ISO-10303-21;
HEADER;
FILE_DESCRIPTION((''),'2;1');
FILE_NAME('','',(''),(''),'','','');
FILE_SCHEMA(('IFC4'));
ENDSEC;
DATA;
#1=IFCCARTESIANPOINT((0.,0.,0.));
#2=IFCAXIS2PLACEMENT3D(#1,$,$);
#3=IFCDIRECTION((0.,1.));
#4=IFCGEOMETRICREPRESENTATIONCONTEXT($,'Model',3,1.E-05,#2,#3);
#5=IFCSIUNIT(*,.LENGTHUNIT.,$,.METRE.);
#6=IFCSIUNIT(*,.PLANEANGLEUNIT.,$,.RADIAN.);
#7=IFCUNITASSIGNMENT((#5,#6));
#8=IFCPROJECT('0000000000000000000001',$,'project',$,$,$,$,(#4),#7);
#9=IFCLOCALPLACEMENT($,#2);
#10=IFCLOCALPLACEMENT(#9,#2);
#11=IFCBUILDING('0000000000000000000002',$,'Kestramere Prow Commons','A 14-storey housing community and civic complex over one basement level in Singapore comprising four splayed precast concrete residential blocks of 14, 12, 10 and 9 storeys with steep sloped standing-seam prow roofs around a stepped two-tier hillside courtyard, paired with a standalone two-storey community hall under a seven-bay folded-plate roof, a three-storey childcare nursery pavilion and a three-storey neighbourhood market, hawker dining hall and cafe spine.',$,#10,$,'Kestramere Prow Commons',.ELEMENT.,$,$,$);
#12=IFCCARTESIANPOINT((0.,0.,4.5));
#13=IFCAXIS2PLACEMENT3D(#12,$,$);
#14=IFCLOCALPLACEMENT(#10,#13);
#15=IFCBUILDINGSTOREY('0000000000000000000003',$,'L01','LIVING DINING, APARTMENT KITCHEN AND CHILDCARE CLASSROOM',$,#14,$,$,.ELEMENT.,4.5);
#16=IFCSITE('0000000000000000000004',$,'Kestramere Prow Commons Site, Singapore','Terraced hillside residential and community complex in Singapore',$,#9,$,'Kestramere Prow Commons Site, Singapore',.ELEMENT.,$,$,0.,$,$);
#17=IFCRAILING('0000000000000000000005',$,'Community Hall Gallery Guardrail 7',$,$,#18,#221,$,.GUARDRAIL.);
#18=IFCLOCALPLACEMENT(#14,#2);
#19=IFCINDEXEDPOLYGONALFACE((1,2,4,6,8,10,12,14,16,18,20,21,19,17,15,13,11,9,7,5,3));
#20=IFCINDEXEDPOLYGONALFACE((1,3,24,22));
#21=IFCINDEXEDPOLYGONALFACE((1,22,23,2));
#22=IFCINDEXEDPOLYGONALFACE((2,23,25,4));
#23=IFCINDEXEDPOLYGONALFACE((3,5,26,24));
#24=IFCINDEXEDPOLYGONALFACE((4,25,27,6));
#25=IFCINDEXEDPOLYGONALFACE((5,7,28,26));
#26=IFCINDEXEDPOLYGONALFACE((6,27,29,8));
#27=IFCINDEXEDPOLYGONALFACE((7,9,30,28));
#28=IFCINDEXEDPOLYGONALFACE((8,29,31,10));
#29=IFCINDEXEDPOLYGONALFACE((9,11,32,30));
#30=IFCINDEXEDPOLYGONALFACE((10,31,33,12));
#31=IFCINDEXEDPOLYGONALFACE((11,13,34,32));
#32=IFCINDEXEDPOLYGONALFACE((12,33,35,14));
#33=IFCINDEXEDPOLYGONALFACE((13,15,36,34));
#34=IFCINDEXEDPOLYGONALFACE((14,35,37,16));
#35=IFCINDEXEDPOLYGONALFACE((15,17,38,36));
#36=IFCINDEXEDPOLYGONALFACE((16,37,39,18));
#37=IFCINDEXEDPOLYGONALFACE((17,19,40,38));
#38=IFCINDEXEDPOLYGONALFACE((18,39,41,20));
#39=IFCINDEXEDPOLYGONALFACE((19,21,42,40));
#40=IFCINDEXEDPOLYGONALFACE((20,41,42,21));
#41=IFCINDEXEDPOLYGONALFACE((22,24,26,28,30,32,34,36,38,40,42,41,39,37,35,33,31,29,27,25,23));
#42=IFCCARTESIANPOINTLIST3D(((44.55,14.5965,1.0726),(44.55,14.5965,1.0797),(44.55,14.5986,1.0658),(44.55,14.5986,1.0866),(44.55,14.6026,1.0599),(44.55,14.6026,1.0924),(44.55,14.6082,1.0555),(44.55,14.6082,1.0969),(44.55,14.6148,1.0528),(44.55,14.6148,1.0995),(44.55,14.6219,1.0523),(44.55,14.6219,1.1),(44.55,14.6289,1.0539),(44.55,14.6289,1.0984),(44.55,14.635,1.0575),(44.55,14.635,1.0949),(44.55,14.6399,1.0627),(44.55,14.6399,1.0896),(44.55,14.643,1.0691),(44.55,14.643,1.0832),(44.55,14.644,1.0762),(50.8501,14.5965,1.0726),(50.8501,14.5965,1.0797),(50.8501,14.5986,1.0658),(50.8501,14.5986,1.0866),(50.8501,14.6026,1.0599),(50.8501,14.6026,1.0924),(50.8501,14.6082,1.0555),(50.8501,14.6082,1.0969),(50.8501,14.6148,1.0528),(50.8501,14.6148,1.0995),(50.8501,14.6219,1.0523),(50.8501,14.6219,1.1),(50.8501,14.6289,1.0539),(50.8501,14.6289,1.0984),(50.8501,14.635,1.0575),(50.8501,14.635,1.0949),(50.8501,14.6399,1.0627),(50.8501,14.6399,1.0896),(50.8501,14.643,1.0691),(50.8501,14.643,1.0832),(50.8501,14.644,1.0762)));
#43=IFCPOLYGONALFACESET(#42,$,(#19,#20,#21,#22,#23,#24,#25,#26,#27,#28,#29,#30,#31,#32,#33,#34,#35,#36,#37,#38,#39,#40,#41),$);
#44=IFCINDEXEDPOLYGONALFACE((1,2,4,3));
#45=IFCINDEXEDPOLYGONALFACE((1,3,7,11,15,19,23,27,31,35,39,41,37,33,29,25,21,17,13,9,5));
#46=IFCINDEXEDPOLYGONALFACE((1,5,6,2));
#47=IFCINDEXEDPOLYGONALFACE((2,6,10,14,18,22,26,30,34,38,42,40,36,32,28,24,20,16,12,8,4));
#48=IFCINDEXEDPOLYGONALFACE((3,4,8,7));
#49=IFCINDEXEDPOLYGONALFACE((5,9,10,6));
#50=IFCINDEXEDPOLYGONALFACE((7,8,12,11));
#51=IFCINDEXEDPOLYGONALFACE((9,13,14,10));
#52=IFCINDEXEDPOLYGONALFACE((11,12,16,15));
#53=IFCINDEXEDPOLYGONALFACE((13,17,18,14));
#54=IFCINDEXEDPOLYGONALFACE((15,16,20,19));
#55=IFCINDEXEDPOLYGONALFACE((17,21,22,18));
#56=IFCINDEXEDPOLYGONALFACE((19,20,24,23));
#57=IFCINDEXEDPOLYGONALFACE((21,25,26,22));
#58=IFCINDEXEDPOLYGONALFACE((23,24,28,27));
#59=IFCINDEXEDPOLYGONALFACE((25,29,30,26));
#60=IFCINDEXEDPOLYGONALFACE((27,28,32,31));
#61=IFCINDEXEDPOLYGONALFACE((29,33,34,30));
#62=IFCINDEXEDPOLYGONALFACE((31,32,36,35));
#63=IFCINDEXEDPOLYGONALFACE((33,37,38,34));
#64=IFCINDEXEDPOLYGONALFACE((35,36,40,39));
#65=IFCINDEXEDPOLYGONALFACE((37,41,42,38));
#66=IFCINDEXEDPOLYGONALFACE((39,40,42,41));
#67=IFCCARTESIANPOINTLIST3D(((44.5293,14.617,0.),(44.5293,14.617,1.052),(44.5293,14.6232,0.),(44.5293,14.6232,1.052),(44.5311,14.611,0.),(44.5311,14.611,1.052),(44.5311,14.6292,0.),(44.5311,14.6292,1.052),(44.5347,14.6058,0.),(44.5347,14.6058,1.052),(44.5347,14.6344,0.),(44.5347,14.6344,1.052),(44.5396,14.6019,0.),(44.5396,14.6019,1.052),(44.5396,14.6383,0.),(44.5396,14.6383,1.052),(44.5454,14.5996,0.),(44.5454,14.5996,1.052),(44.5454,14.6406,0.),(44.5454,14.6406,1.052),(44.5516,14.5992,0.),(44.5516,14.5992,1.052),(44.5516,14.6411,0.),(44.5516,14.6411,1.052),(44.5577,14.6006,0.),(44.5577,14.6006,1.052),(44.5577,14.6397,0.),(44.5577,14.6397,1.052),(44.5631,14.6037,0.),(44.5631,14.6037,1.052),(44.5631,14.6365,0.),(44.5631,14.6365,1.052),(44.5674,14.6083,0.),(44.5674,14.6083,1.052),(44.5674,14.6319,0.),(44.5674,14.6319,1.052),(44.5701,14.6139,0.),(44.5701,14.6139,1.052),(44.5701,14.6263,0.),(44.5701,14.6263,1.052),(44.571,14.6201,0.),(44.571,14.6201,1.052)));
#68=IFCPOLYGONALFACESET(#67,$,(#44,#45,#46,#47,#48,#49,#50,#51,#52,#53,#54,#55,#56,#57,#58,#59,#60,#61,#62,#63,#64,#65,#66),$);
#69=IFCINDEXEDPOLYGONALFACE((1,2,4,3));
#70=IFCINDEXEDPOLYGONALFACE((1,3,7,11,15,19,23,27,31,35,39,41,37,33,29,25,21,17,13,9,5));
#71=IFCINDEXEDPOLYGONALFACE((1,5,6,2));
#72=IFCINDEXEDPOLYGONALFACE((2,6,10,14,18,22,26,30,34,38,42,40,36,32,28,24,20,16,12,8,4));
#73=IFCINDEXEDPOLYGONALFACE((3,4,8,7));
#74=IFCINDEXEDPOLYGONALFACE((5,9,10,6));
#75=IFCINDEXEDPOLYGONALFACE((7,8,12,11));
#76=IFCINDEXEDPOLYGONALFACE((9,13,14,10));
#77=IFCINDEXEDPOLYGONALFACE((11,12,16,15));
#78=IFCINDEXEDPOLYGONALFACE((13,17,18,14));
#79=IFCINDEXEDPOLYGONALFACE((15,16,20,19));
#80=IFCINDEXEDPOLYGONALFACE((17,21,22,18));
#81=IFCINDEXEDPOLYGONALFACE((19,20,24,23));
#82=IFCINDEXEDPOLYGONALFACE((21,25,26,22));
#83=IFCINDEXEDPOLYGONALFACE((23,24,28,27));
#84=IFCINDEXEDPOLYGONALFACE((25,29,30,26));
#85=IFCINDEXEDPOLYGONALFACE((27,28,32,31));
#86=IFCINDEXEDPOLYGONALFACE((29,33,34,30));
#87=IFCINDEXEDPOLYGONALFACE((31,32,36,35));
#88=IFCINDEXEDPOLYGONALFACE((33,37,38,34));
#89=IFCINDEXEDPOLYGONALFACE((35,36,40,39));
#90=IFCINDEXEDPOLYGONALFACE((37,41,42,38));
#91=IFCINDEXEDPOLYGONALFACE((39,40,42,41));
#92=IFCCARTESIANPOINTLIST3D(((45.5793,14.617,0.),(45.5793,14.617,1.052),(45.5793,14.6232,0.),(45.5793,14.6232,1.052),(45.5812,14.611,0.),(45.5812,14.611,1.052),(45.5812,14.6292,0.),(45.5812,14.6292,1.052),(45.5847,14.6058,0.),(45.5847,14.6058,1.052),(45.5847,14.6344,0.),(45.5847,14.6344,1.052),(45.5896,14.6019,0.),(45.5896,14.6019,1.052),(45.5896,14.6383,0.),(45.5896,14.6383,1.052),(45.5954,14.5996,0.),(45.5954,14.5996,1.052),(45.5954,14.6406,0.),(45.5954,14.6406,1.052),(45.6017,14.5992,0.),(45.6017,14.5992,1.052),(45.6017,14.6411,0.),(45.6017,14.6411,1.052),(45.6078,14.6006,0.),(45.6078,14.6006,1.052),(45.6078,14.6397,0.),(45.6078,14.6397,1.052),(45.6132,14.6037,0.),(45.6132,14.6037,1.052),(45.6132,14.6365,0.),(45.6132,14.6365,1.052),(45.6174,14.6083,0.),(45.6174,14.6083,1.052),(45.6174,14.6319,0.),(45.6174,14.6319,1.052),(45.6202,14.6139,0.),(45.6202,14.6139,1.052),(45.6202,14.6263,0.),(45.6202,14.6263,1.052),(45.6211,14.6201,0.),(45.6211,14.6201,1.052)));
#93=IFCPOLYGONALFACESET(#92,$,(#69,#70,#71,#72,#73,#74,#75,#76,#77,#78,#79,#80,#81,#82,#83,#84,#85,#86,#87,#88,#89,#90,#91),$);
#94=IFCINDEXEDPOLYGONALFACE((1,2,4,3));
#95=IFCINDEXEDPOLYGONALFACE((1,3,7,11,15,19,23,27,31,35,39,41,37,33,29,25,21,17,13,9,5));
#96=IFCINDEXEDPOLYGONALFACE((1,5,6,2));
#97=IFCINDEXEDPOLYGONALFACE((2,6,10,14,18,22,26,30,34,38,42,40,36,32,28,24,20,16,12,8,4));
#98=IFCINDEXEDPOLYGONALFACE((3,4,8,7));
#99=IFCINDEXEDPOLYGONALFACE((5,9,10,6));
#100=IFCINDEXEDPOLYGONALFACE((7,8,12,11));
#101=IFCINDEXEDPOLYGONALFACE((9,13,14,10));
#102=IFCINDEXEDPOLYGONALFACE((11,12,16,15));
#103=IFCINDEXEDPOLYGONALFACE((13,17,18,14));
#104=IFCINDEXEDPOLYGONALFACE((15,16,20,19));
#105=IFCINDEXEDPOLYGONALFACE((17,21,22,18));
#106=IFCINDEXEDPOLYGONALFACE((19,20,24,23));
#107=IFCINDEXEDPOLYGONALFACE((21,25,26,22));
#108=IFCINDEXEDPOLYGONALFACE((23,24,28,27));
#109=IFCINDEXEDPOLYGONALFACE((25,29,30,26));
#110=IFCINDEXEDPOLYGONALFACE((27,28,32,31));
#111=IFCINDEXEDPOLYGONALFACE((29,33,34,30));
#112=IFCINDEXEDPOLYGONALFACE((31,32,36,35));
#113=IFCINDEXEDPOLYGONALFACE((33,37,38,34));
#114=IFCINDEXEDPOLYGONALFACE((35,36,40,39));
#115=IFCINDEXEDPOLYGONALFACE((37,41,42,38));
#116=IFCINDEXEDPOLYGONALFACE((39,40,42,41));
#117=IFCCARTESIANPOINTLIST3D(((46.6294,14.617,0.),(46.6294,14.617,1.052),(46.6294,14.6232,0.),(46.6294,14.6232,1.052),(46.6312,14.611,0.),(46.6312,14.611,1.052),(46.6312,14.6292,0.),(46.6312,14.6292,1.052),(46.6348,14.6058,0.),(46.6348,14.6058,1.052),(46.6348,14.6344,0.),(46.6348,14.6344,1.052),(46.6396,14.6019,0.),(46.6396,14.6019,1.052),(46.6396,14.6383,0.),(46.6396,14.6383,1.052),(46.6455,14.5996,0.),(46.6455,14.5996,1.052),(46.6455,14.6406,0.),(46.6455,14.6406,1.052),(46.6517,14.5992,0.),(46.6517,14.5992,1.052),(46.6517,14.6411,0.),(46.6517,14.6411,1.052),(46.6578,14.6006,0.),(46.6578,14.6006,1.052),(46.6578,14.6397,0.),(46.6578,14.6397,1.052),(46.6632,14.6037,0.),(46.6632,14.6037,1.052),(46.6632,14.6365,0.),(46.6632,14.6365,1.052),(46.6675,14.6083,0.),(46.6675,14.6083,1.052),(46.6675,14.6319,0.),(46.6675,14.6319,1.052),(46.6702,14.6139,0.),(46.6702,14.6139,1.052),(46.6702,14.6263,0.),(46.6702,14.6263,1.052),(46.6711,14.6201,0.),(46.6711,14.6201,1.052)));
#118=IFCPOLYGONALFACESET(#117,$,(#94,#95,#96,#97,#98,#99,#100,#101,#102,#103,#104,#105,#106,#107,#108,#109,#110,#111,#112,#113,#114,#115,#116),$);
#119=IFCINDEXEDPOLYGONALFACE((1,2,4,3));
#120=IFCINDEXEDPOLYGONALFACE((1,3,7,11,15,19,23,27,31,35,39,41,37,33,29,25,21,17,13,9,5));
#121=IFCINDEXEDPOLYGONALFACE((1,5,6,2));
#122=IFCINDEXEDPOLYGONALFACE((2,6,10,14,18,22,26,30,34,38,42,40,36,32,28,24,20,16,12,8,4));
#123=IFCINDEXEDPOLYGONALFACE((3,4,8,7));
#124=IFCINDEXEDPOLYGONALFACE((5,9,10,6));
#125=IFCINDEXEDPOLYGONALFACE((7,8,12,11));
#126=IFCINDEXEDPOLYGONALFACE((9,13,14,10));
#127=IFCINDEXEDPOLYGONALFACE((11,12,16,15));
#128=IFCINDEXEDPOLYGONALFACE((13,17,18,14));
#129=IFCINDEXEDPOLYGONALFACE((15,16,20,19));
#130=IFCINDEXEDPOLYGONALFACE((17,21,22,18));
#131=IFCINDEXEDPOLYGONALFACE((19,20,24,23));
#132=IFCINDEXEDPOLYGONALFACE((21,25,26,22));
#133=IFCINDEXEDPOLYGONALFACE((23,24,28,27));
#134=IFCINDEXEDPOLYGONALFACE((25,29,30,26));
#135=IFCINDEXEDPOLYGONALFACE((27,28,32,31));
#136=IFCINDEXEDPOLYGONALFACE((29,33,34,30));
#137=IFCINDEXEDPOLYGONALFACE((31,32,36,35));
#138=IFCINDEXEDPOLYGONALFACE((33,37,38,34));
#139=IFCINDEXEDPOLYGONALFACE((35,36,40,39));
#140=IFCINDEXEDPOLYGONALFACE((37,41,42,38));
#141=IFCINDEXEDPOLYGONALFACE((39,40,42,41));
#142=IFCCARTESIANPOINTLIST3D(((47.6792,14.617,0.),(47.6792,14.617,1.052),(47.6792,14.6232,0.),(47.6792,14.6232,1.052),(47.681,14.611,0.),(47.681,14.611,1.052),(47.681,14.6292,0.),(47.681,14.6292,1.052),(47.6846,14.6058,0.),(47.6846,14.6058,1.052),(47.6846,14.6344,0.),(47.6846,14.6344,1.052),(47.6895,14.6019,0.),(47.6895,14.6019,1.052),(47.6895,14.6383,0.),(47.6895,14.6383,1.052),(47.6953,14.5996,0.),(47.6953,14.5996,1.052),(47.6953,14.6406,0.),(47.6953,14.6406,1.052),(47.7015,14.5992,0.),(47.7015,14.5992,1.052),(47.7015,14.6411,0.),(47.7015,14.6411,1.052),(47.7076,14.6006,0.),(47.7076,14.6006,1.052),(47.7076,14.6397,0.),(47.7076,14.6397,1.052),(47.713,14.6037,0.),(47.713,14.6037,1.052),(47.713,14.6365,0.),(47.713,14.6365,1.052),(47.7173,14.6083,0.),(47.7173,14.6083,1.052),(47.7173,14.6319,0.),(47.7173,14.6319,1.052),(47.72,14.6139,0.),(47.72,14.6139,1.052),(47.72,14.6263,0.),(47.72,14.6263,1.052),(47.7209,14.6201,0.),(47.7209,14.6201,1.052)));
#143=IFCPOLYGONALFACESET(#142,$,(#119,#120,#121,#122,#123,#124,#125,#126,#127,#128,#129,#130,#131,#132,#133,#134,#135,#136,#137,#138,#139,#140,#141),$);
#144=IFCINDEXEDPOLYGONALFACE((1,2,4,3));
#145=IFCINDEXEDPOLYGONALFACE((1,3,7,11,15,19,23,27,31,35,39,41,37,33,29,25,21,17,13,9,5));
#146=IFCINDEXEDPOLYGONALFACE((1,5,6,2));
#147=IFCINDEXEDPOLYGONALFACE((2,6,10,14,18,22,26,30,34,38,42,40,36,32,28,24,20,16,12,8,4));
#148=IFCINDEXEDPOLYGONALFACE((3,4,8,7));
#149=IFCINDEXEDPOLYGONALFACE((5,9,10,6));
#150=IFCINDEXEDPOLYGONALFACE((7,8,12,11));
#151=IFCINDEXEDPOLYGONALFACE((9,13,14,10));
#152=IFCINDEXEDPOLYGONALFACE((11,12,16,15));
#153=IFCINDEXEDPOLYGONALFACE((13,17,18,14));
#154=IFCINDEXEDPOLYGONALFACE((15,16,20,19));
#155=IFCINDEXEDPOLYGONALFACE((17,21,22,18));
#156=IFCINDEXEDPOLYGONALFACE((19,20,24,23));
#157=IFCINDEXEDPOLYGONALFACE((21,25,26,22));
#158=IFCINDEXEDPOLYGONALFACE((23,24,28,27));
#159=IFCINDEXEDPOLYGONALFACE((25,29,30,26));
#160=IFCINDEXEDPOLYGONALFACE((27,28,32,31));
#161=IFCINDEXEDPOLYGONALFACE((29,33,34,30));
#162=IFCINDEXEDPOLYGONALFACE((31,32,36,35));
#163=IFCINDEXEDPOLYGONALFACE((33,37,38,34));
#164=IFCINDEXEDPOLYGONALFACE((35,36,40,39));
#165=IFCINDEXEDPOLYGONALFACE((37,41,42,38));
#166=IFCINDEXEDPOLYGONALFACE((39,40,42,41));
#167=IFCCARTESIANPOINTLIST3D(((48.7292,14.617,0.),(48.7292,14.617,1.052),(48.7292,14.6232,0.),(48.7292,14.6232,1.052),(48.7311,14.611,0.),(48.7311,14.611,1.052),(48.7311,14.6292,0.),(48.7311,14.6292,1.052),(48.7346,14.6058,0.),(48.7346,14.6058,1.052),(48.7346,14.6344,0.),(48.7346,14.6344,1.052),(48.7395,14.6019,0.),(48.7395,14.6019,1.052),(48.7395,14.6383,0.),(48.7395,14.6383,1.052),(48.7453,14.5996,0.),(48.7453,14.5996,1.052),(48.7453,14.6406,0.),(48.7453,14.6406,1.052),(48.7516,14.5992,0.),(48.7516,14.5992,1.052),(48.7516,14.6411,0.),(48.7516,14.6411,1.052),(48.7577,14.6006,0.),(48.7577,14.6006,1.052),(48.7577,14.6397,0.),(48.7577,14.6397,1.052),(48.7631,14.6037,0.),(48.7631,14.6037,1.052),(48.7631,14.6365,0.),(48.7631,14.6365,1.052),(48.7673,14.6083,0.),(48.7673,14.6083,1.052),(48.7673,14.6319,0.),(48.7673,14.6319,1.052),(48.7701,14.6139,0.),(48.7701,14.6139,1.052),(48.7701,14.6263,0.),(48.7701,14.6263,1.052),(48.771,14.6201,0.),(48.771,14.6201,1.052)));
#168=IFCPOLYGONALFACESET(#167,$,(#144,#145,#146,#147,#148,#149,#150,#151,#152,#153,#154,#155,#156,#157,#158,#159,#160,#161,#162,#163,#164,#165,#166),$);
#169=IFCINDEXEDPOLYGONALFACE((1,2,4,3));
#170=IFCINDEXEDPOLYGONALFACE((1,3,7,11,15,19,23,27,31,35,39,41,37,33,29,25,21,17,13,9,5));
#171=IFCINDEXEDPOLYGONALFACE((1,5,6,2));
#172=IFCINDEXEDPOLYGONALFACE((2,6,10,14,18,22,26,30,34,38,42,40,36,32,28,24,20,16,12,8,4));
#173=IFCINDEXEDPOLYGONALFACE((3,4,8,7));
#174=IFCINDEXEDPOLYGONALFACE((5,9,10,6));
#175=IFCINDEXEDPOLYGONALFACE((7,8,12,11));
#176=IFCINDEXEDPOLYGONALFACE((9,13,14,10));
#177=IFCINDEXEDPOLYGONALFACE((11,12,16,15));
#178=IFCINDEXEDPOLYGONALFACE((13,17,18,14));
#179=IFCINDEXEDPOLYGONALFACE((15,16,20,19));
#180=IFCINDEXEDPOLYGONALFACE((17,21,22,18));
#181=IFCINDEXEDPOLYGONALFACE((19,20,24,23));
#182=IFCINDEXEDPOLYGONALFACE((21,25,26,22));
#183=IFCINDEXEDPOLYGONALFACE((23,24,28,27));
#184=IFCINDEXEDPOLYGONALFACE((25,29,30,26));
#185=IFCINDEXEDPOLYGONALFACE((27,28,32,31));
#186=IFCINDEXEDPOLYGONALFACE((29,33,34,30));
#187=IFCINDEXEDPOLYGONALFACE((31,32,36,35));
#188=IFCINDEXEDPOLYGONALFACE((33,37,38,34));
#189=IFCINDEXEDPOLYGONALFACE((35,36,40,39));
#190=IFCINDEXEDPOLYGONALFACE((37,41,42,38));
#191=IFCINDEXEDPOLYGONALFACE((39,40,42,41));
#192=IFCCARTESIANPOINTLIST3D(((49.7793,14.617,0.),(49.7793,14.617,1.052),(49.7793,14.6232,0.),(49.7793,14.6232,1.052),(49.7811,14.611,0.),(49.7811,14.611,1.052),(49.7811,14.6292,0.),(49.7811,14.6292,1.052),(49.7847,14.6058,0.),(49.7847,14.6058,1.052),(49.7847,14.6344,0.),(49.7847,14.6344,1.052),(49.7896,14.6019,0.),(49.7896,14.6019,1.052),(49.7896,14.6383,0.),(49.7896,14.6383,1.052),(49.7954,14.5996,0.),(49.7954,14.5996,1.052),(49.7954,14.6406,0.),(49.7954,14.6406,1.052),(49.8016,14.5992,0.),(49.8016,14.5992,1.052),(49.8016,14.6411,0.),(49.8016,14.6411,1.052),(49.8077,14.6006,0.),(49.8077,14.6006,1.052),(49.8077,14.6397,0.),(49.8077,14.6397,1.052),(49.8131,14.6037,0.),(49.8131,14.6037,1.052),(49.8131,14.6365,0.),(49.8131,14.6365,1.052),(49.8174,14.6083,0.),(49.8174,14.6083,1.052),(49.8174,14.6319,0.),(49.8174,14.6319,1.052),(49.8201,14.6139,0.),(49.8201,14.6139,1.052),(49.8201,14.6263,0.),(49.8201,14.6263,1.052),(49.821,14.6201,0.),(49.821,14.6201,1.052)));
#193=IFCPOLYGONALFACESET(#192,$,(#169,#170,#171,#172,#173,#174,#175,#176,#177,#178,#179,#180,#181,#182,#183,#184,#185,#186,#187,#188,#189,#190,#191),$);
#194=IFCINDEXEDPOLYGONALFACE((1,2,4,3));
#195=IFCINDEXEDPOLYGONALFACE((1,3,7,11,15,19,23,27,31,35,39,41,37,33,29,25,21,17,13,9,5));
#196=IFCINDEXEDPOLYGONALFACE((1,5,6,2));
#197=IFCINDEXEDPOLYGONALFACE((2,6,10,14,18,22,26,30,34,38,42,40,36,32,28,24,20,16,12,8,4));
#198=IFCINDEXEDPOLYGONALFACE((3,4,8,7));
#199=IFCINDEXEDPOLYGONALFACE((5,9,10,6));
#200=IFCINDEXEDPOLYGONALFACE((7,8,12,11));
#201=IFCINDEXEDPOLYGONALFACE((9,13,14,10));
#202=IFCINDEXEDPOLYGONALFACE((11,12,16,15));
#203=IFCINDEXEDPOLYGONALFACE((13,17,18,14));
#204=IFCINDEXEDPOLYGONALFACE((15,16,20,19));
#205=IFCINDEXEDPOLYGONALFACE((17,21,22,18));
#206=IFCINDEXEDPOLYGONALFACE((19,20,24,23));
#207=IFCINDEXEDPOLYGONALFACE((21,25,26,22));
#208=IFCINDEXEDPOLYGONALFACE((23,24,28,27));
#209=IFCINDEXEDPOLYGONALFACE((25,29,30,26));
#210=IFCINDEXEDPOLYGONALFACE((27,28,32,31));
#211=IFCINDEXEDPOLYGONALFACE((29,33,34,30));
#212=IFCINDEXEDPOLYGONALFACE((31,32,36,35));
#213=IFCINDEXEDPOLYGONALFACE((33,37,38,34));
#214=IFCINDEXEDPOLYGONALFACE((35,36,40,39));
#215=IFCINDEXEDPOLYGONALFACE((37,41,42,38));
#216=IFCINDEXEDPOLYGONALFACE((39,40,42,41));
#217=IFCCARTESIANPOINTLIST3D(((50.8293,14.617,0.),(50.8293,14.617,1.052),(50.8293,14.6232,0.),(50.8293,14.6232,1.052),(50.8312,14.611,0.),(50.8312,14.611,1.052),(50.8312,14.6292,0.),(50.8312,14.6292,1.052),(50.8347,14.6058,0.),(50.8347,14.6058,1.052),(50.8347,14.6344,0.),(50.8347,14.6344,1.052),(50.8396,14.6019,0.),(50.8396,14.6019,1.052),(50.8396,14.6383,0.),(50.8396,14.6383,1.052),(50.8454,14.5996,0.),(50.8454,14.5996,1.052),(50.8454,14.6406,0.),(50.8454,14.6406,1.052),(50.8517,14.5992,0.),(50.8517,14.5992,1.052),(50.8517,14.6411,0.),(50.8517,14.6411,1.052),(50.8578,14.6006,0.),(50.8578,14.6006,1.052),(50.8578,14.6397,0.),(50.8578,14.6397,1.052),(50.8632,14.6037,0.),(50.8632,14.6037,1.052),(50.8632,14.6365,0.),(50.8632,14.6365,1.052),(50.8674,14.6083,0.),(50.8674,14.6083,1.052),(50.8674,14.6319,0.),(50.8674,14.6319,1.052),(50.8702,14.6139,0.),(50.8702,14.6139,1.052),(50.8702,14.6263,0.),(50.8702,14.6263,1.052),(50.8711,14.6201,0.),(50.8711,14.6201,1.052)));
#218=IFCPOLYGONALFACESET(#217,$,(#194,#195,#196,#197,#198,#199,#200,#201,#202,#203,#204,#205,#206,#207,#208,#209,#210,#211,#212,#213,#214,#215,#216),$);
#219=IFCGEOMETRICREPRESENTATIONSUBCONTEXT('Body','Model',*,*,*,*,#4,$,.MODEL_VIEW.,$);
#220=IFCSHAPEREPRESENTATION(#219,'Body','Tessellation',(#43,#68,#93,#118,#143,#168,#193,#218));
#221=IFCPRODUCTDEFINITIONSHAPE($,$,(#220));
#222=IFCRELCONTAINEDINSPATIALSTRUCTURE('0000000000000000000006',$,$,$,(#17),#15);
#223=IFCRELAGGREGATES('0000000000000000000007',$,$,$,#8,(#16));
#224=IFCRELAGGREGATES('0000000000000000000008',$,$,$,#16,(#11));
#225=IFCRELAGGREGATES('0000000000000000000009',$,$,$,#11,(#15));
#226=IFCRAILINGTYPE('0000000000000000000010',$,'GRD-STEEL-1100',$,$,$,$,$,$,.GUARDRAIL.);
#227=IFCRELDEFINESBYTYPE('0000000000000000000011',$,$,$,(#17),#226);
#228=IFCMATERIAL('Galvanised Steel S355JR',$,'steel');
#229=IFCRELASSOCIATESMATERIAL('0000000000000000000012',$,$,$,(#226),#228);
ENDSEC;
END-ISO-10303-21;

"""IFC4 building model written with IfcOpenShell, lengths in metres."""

from ifc_helpers import new_model, si_unit, direction, frame, origin, origin_2d, place, context, subcontext, project, spatial, circle, extrude, material, type_object, element, save


model = new_model("IFC4")

# Units and contexts
model_context = context("Model", 3, precision=1e-05, world=origin(), true_north=direction((0.0, 1.0)))
body_context = subcontext(model_context, "Body", "Model", "MODEL_VIEW")
ifc_project = project(units=[si_unit("LENGTHUNIT", "METRE"), si_unit("PLANEANGLEUNIT", "RADIAN")], contexts=[model_context])

# Site, building, storey
site_placement = place(None, origin())
site = spatial("IfcSite", under=ifc_project, at=site_placement, Name="Kestramere Prow Commons Site, Singapore", Description="Terraced hillside residential and community complex in Singapore", LongName="Kestramere Prow Commons Site, Singapore", CompositionType="ELEMENT", RefElevation=0.0)
building_placement = place(site_placement, origin())
building = spatial("IfcBuilding", under=site, at=building_placement, Name="Kestramere Prow Commons", Description="A 14-storey housing community and civic complex over one basement level in Singapore comprising four splayed precast concrete residential blocks of 14, 12, 10 and 9 storeys with steep sloped standing-seam prow roofs around a stepped two-tier hillside courtyard, paired with a standalone two-storey community hall under a seven-bay folded-plate roof, a three-storey childcare nursery pavilion and a three-storey neighbourhood market, hawker dining hall and cafe spine.", LongName="Kestramere Prow Commons", CompositionType="ELEMENT")
storey_placement = place(building_placement, frame((0.0, 0.0, 4.5)))
storey = spatial("IfcBuildingStorey", under=building, at=storey_placement, Name="L01", Description="LIVING DINING, APARTMENT KITCHEN AND CHILDCARE CLASSROOM", CompositionType="ELEMENT", Elevation=4.5)

# Railing
ifc_material_1 = material(Name="Galvanised Steel S355JR", Category="steel")
railing_type = type_object("IfcRailingType", Name="GRD-STEEL-1100", PredefinedType="GUARDRAIL", material=ifc_material_1)
railing_placement = place(storey_placement, frame((44.55, 14.6201, 0.0)))
element("IfcRailing", 1, at=railing_placement, inside=storey, type_object=railing_type, Name="Community Hall Gallery Guardrail 7", PredefinedType="GUARDRAIL", context=body_context, shape_type="SweptSolid", body=[
    extrude(circle(Radius=0.0239, at=origin_2d()), frame((0.0, 0.0, 1.0762), z_axis=(1.0, 0.0, 0.0), x_axis=(0.0, 1.0, 0.0)), (0.0, 0.0, 1.0), 6.3),
    extrude(circle(Radius=0.021, at=origin_2d()), origin(), (0.0, 0.0, 1.0), 1.052),
    extrude(circle(Radius=0.021, at=origin_2d()), frame((1.05, 0.0, 0.0)), (0.0, 0.0, 1.0), 1.052),
    extrude(circle(Radius=0.021, at=origin_2d()), frame((2.1001, 0.0, 0.0)), (0.0, 0.0, 1.0), 1.052),
    extrude(circle(Radius=0.021, at=origin_2d()), frame((3.1499, 0.0, 0.0)), (0.0, 0.0, 1.0), 1.052),
    extrude(circle(Radius=0.021, at=origin_2d()), frame((4.2, 0.0, 0.0)), (0.0, 0.0, 1.0), 1.052),
    extrude(circle(Radius=0.021, at=origin_2d()), frame((5.25, 0.0, 0.0)), (0.0, 0.0, 1.0), 1.052),
    extrude(circle(Radius=0.021, at=origin_2d()), frame((6.3, 0.0, 0.0)), (0.0, 0.0, 1.0), 1.052),
])

save(model, "model.ifc")
